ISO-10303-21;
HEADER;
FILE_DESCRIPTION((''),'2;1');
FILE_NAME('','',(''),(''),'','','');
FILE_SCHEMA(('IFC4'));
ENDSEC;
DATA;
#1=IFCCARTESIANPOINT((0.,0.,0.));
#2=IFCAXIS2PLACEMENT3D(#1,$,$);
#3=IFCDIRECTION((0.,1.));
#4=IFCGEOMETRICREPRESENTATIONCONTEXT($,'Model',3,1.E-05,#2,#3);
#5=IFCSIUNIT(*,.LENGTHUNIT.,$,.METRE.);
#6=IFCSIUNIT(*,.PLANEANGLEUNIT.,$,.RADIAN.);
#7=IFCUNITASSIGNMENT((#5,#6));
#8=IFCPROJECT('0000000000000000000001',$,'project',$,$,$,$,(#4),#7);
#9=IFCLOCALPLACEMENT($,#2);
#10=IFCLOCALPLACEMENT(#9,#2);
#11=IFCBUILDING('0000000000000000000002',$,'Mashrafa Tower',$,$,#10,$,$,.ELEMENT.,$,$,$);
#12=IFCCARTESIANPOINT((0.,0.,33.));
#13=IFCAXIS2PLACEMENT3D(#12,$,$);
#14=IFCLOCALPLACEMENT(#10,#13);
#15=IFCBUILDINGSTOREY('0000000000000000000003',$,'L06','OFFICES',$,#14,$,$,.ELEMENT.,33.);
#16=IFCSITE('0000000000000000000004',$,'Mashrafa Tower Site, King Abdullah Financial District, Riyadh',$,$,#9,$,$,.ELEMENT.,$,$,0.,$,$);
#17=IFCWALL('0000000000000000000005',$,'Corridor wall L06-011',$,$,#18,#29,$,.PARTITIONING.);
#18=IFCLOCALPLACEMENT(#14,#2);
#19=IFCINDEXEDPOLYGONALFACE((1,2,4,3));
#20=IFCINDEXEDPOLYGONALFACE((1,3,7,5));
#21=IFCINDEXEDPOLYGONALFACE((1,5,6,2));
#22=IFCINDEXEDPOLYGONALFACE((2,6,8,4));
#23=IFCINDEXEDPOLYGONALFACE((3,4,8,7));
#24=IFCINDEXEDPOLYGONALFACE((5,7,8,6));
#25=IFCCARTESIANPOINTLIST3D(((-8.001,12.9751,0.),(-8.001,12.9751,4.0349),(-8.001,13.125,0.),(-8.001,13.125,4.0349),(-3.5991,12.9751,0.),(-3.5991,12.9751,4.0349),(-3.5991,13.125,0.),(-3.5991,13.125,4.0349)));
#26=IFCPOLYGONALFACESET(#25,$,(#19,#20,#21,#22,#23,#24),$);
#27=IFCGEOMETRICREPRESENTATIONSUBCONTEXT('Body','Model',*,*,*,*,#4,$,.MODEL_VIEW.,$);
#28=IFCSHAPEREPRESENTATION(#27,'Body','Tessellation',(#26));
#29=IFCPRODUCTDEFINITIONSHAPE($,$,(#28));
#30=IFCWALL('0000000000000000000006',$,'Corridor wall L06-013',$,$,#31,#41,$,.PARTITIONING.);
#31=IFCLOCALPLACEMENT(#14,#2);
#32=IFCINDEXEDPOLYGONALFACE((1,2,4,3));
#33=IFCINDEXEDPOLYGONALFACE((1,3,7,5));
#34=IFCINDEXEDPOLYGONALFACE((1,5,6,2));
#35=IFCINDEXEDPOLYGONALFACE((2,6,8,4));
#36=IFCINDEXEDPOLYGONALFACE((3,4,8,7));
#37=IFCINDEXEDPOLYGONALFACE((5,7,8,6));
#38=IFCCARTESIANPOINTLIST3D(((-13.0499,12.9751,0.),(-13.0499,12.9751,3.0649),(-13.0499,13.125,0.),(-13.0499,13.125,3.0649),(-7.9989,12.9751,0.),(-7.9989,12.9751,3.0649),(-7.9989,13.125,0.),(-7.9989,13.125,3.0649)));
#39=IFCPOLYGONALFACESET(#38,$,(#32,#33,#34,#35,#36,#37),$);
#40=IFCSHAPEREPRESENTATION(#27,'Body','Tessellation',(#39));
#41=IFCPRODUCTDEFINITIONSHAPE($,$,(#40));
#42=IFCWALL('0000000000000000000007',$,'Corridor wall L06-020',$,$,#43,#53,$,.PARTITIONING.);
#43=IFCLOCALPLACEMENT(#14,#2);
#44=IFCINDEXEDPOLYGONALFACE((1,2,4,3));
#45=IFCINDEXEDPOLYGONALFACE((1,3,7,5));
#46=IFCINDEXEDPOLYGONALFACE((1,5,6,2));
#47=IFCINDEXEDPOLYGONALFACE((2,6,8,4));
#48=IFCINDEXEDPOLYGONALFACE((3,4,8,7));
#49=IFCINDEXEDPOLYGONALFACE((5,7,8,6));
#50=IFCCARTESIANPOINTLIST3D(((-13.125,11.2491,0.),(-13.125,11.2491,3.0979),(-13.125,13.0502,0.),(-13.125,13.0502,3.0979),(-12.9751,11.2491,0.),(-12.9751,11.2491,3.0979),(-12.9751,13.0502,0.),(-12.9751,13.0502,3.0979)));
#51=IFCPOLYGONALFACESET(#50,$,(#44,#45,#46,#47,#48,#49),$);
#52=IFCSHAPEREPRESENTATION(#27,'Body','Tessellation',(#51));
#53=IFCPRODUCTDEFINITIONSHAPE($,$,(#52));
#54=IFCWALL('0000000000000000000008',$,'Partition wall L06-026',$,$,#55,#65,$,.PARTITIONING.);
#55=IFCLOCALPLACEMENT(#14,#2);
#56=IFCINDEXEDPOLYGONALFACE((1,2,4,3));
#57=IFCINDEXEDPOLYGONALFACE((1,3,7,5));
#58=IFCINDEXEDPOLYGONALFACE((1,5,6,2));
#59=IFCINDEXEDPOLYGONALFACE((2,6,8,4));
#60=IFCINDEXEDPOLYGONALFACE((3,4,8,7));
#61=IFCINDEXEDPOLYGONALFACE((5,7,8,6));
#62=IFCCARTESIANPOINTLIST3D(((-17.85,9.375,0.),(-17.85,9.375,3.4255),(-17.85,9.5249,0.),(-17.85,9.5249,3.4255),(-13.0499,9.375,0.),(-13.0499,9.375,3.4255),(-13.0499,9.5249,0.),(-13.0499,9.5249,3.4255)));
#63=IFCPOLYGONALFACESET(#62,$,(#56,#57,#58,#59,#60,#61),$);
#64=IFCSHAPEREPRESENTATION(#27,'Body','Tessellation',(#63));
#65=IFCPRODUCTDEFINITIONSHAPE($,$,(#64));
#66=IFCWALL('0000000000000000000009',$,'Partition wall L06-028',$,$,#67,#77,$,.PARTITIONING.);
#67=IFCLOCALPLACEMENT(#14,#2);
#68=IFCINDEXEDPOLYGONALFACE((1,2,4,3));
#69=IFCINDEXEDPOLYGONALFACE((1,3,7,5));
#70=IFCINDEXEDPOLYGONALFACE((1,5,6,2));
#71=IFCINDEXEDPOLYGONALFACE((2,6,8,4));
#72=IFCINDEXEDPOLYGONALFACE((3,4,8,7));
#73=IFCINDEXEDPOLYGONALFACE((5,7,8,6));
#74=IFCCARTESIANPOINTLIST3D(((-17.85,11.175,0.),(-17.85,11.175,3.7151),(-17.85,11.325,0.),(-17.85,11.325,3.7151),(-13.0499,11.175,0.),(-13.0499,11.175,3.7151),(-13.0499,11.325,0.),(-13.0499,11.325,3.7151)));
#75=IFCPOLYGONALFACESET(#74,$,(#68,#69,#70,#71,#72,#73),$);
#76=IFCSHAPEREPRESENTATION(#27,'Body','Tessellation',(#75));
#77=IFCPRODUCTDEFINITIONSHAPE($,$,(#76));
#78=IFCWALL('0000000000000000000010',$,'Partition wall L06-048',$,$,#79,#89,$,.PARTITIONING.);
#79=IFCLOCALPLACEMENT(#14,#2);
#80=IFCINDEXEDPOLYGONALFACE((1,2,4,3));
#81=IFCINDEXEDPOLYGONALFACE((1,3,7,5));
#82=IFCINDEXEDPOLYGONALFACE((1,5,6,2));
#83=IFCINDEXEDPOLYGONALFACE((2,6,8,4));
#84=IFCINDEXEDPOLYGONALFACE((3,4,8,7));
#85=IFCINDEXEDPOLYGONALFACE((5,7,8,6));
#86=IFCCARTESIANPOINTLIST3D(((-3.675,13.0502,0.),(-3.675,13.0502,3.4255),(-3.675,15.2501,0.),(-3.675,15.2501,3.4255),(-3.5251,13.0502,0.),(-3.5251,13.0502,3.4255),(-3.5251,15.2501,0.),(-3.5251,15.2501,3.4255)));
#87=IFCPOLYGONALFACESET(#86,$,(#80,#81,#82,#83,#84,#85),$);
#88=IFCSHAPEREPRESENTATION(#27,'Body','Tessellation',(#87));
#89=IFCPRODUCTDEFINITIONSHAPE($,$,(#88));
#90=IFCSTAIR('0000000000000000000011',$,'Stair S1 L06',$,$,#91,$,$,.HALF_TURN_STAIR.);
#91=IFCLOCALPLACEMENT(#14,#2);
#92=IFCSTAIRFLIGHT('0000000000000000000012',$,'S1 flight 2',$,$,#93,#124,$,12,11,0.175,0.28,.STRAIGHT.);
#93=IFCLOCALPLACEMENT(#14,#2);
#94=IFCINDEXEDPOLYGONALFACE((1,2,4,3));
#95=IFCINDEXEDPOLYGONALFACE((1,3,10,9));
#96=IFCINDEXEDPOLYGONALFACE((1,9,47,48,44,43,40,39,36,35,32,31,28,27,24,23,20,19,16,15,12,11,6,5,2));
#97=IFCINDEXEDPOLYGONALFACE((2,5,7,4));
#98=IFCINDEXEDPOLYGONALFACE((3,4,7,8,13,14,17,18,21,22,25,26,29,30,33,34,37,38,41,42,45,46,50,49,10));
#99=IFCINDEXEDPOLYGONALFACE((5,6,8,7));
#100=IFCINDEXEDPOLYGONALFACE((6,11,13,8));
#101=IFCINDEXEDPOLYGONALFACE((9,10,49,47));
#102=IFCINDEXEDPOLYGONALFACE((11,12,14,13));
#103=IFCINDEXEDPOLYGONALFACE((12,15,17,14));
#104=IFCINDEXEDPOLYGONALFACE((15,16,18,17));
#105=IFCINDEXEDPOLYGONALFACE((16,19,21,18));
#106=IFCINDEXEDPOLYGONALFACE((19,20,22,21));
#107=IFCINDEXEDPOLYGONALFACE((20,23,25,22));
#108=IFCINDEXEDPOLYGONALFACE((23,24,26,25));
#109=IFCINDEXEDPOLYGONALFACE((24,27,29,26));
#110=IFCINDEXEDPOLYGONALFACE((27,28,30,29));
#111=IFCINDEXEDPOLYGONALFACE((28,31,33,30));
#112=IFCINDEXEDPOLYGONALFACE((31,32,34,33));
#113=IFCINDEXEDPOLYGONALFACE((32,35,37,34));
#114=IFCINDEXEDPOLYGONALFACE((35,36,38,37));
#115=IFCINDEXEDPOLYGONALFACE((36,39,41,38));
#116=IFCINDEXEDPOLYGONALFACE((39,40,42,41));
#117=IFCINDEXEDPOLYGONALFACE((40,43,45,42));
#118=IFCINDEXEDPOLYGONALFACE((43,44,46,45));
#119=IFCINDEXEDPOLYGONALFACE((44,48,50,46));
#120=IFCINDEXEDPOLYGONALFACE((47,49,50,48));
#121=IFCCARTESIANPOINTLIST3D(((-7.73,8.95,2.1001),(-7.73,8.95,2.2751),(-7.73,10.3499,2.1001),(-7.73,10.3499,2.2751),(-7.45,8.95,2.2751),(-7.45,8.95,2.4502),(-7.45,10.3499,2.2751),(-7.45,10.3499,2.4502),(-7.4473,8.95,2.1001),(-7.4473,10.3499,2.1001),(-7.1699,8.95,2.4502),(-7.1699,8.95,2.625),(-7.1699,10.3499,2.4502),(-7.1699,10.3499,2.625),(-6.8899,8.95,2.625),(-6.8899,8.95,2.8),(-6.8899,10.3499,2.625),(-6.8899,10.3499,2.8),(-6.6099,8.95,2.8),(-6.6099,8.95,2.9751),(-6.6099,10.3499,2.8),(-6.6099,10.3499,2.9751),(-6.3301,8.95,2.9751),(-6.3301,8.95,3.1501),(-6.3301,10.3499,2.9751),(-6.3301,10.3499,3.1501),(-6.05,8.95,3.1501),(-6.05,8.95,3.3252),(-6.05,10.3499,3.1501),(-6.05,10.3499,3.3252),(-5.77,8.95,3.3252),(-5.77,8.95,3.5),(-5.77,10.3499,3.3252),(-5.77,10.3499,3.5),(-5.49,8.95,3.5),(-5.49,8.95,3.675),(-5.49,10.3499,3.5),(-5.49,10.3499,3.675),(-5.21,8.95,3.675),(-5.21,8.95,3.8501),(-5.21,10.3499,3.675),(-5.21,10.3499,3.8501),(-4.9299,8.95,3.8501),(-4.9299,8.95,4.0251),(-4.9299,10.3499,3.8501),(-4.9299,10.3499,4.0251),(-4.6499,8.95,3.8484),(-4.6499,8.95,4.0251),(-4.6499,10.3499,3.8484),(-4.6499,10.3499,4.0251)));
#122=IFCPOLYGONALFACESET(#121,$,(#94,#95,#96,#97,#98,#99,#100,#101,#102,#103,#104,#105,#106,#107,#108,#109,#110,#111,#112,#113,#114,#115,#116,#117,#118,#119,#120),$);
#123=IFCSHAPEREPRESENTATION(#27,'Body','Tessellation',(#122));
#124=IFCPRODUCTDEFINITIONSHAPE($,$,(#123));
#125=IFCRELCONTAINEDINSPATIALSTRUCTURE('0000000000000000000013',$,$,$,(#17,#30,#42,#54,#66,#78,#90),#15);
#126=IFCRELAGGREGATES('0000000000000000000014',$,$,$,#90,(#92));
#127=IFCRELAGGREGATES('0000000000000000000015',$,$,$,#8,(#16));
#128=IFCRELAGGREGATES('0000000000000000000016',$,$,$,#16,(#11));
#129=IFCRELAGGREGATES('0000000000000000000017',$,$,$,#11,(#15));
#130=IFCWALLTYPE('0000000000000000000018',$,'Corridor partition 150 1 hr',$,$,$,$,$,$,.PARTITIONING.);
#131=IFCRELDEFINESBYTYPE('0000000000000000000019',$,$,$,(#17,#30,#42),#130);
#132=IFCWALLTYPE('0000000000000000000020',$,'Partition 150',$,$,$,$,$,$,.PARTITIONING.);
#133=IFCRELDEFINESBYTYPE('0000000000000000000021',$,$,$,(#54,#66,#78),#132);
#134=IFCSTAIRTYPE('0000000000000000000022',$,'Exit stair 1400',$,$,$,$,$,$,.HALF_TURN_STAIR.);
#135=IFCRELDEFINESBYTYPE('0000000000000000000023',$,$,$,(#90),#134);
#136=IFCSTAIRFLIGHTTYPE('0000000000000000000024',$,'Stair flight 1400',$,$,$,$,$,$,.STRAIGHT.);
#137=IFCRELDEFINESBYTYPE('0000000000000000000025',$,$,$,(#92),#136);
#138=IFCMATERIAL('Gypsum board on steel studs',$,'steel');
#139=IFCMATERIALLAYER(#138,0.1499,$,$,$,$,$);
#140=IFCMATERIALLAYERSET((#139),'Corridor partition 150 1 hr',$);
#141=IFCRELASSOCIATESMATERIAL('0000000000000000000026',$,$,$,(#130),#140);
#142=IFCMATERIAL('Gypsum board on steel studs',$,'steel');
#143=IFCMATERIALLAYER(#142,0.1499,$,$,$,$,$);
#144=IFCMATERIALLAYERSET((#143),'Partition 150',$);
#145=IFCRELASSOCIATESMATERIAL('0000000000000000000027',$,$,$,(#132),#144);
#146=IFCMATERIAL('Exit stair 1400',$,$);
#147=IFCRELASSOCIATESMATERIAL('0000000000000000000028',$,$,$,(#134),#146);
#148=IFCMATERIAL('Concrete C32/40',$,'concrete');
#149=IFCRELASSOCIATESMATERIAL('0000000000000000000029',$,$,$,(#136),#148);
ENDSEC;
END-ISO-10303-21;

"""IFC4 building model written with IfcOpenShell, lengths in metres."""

from ifc_helpers import new_model, si_unit, direction, frame, frame_2d, origin, place, context, subcontext, project, spatial, polyline, rectangle, outline, extrude, material, layer, layer_set, type_object, element, aggregate, save


model = new_model("IFC4")

# Units and contexts
model_context = context("Model", 3, precision=1e-05, world=origin(), true_north=direction((0.0, 1.0)))
body_context = subcontext(model_context, "Body", "Model", "MODEL_VIEW")
ifc_project = project(units=[si_unit("LENGTHUNIT", "METRE"), si_unit("PLANEANGLEUNIT", "RADIAN")], contexts=[model_context])

# Site, building, storey
site_placement = place(None, origin())
site = spatial("IfcSite", under=ifc_project, at=site_placement, Name="Mashrafa Tower Site, King Abdullah Financial District, Riyadh", CompositionType="ELEMENT", RefElevation=0.0)
building_placement = place(site_placement, origin())
building = spatial("IfcBuilding", under=site, at=building_placement, Name="Mashrafa Tower", CompositionType="ELEMENT")
storey_placement = place(building_placement, frame((0.0, 0.0, 33.0)))
storey = spatial("IfcBuildingStorey", under=building, at=storey_placement, Name="L06", Description="OFFICES", CompositionType="ELEMENT", Elevation=33.0)

# Shared definitions
ifc_material_1 = material(Name="Gypsum board on steel studs", Category="steel")
ifc_layer_1 = layer(ifc_material_1, 0.1499)
ifc_layer_set_1 = layer_set([ifc_layer_1], Name="Corridor partition 150 1 hr")
wall_type_1 = type_object("IfcWallType", Name="Corridor partition 150 1 hr", PredefinedType="PARTITIONING", material=ifc_layer_set_1)

# Walls
wall_1_placement = place(storey_placement, frame((-3.5991, 13.05, 0.0), z_axis=(0.0, 0.0, 1.0), x_axis=(-1.0, 0.0, 0.0)))
element("IfcWall", 1, at=wall_1_placement, inside=storey, type_object=wall_type_1, Name="Corridor wall L06-011", PredefinedType="PARTITIONING", context=body_context, shape_type="SweptSolid", body=[
    extrude(rectangle(XDim=4.4019, YDim=0.1499, at=frame_2d((2.2009, 0.0))), origin(), (0.0, 0.0, 1.0), 4.0349),
])
wall_2_placement = place(storey_placement, frame((-7.999, 13.05, 0.0), z_axis=(0.0, 0.0, 1.0), x_axis=(-1.0, 0.0, 0.0)))
element("IfcWall", 2, at=wall_2_placement, inside=storey, type_object=wall_type_1, Name="Corridor wall L06-013", PredefinedType="PARTITIONING", context=body_context, shape_type="SweptSolid", body=[
    extrude(rectangle(XDim=5.051, YDim=0.1499, at=frame_2d((2.5254, 0.0))), origin(), (0.0, 0.0, 1.0), 3.0649),
])
wall_3_placement = place(storey_placement, frame((-13.05, 13.05, 0.0), z_axis=(0.0, 0.0, 1.0), x_axis=(0.0, -1.0, 0.0)))
element("IfcWall", 3, at=wall_3_placement, inside=storey, type_object=wall_type_1, Name="Corridor wall L06-020", PredefinedType="PARTITIONING", context=body_context, shape_type="SweptSolid", body=[
    extrude(rectangle(XDim=1.801, YDim=0.1499, at=frame_2d((0.9004, 0.0))), origin(), (0.0, 0.0, 1.0), 3.0979),
])
ifc_material_2 = material(Name="Gypsum board on steel studs", Category="steel")
ifc_layer_2 = layer(ifc_material_2, 0.1499)
ifc_layer_set_2 = layer_set([ifc_layer_2], Name="Partition 150")
wall_type_2 = type_object("IfcWallType", Name="Partition 150", PredefinedType="PARTITIONING", material=ifc_layer_set_2)
wall_4_placement = place(storey_placement, frame((-13.05, 9.45, 0.0), z_axis=(0.0, 0.0, 1.0), x_axis=(-1.0, 0.0, 0.0)))
element("IfcWall", 4, at=wall_4_placement, inside=storey, type_object=wall_type_2, Name="Partition wall L06-026", PredefinedType="PARTITIONING", context=body_context, shape_type="SweptSolid", body=[
    extrude(rectangle(XDim=4.8, YDim=0.1499, at=frame_2d((2.3999, 0.0))), origin(), (0.0, 0.0, 1.0), 3.4255),
])
wall_5_placement = place(storey_placement, frame((-13.05, 11.25, 0.0), z_axis=(0.0, 0.0, 1.0), x_axis=(-1.0, 0.0, 0.0)))
element("IfcWall", 5, at=wall_5_placement, inside=storey, type_object=wall_type_2, Name="Partition wall L06-028", PredefinedType="PARTITIONING", context=body_context, shape_type="SweptSolid", body=[
    extrude(rectangle(XDim=4.8, YDim=0.1499, at=frame_2d((2.3999, 0.0))), origin(), (0.0, 0.0, 1.0), 3.7151),
])
wall_6_placement = place(storey_placement, frame((-3.6001, 13.05, 0.0), z_axis=(0.0, 0.0, 1.0), x_axis=(0.0, 1.0, 0.0)))
element("IfcWall", 6, at=wall_6_placement, inside=storey, type_object=wall_type_2, Name="Partition wall L06-048", PredefinedType="PARTITIONING", context=body_context, shape_type="SweptSolid", body=[
    extrude(rectangle(XDim=2.2, YDim=0.1499, at=frame_2d((1.1001, 0.0))), origin(), (0.0, 0.0, 1.0), 3.4255),
])

# Stair, stair flight
ifc_material_3 = material(Name="Exit stair 1400")
stair_type = type_object("IfcStairType", Name="Exit stair 1400", PredefinedType="HALF_TURN_STAIR", material=ifc_material_3)
stair_placement = place(storey_placement, origin())
stair = element("IfcStair", 7, at=stair_placement, inside=storey, type_object=stair_type, Name="Stair S1 L06", PredefinedType="HALF_TURN_STAIR")
ifc_material_4 = material(Name="Concrete C32/40", Category="concrete")
stair_flight_type = type_object("IfcStairFlightType", Name="Stair flight 1400", PredefinedType="STRAIGHT", material=ifc_material_4)
stair_flight_placement = place(storey_placement, frame((-7.73, 9.6499, 2.1001), z_axis=(0.0, 0.0, 1.0), x_axis=(1.0, 0.0, 0.0)))
stair_flight = element("IfcStairFlight", 8, at=stair_flight_placement, type_object=stair_flight_type, Name="S1 flight 2", NumberOfRisers=12, NumberOfTreads=11, PredefinedType="STRAIGHT", RiserHeight=0.175, TreadLength=0.28, context=body_context, shape_type="SweptSolid", body=[
    extrude(outline(polyline([(0.0, 0.0), (0.0, 0.175), (0.28, 0.175), (0.28, 0.3501), (0.5601, 0.3501), (0.5601, 0.5249), (0.8401, 0.5249), (0.8401, 0.7), (1.1201, 0.7), (1.1201, 0.875), (1.3999, 0.875), (1.3999, 1.05), (1.6799, 1.05), (1.6799, 1.2251), (1.96, 1.2251), (1.96, 1.3999), (2.24, 1.3999), (2.24, 1.575), (2.52, 1.575), (2.52, 1.75), (2.8, 1.75), (2.8, 1.925), (3.0801, 1.925), (3.0801, 2.1001), (3.0801, 1.7483), (0.2827, 0.0), (0.0, 0.0)])), frame((0.0, 0.7, 0.0), z_axis=(0.0, -1.0, 0.0), x_axis=(1.0, 0.0, 0.0)), (0.0, 0.0, 1.0), 1.3999),
])
aggregate(stair, [stair_flight])

save(model, "model.ifc")
